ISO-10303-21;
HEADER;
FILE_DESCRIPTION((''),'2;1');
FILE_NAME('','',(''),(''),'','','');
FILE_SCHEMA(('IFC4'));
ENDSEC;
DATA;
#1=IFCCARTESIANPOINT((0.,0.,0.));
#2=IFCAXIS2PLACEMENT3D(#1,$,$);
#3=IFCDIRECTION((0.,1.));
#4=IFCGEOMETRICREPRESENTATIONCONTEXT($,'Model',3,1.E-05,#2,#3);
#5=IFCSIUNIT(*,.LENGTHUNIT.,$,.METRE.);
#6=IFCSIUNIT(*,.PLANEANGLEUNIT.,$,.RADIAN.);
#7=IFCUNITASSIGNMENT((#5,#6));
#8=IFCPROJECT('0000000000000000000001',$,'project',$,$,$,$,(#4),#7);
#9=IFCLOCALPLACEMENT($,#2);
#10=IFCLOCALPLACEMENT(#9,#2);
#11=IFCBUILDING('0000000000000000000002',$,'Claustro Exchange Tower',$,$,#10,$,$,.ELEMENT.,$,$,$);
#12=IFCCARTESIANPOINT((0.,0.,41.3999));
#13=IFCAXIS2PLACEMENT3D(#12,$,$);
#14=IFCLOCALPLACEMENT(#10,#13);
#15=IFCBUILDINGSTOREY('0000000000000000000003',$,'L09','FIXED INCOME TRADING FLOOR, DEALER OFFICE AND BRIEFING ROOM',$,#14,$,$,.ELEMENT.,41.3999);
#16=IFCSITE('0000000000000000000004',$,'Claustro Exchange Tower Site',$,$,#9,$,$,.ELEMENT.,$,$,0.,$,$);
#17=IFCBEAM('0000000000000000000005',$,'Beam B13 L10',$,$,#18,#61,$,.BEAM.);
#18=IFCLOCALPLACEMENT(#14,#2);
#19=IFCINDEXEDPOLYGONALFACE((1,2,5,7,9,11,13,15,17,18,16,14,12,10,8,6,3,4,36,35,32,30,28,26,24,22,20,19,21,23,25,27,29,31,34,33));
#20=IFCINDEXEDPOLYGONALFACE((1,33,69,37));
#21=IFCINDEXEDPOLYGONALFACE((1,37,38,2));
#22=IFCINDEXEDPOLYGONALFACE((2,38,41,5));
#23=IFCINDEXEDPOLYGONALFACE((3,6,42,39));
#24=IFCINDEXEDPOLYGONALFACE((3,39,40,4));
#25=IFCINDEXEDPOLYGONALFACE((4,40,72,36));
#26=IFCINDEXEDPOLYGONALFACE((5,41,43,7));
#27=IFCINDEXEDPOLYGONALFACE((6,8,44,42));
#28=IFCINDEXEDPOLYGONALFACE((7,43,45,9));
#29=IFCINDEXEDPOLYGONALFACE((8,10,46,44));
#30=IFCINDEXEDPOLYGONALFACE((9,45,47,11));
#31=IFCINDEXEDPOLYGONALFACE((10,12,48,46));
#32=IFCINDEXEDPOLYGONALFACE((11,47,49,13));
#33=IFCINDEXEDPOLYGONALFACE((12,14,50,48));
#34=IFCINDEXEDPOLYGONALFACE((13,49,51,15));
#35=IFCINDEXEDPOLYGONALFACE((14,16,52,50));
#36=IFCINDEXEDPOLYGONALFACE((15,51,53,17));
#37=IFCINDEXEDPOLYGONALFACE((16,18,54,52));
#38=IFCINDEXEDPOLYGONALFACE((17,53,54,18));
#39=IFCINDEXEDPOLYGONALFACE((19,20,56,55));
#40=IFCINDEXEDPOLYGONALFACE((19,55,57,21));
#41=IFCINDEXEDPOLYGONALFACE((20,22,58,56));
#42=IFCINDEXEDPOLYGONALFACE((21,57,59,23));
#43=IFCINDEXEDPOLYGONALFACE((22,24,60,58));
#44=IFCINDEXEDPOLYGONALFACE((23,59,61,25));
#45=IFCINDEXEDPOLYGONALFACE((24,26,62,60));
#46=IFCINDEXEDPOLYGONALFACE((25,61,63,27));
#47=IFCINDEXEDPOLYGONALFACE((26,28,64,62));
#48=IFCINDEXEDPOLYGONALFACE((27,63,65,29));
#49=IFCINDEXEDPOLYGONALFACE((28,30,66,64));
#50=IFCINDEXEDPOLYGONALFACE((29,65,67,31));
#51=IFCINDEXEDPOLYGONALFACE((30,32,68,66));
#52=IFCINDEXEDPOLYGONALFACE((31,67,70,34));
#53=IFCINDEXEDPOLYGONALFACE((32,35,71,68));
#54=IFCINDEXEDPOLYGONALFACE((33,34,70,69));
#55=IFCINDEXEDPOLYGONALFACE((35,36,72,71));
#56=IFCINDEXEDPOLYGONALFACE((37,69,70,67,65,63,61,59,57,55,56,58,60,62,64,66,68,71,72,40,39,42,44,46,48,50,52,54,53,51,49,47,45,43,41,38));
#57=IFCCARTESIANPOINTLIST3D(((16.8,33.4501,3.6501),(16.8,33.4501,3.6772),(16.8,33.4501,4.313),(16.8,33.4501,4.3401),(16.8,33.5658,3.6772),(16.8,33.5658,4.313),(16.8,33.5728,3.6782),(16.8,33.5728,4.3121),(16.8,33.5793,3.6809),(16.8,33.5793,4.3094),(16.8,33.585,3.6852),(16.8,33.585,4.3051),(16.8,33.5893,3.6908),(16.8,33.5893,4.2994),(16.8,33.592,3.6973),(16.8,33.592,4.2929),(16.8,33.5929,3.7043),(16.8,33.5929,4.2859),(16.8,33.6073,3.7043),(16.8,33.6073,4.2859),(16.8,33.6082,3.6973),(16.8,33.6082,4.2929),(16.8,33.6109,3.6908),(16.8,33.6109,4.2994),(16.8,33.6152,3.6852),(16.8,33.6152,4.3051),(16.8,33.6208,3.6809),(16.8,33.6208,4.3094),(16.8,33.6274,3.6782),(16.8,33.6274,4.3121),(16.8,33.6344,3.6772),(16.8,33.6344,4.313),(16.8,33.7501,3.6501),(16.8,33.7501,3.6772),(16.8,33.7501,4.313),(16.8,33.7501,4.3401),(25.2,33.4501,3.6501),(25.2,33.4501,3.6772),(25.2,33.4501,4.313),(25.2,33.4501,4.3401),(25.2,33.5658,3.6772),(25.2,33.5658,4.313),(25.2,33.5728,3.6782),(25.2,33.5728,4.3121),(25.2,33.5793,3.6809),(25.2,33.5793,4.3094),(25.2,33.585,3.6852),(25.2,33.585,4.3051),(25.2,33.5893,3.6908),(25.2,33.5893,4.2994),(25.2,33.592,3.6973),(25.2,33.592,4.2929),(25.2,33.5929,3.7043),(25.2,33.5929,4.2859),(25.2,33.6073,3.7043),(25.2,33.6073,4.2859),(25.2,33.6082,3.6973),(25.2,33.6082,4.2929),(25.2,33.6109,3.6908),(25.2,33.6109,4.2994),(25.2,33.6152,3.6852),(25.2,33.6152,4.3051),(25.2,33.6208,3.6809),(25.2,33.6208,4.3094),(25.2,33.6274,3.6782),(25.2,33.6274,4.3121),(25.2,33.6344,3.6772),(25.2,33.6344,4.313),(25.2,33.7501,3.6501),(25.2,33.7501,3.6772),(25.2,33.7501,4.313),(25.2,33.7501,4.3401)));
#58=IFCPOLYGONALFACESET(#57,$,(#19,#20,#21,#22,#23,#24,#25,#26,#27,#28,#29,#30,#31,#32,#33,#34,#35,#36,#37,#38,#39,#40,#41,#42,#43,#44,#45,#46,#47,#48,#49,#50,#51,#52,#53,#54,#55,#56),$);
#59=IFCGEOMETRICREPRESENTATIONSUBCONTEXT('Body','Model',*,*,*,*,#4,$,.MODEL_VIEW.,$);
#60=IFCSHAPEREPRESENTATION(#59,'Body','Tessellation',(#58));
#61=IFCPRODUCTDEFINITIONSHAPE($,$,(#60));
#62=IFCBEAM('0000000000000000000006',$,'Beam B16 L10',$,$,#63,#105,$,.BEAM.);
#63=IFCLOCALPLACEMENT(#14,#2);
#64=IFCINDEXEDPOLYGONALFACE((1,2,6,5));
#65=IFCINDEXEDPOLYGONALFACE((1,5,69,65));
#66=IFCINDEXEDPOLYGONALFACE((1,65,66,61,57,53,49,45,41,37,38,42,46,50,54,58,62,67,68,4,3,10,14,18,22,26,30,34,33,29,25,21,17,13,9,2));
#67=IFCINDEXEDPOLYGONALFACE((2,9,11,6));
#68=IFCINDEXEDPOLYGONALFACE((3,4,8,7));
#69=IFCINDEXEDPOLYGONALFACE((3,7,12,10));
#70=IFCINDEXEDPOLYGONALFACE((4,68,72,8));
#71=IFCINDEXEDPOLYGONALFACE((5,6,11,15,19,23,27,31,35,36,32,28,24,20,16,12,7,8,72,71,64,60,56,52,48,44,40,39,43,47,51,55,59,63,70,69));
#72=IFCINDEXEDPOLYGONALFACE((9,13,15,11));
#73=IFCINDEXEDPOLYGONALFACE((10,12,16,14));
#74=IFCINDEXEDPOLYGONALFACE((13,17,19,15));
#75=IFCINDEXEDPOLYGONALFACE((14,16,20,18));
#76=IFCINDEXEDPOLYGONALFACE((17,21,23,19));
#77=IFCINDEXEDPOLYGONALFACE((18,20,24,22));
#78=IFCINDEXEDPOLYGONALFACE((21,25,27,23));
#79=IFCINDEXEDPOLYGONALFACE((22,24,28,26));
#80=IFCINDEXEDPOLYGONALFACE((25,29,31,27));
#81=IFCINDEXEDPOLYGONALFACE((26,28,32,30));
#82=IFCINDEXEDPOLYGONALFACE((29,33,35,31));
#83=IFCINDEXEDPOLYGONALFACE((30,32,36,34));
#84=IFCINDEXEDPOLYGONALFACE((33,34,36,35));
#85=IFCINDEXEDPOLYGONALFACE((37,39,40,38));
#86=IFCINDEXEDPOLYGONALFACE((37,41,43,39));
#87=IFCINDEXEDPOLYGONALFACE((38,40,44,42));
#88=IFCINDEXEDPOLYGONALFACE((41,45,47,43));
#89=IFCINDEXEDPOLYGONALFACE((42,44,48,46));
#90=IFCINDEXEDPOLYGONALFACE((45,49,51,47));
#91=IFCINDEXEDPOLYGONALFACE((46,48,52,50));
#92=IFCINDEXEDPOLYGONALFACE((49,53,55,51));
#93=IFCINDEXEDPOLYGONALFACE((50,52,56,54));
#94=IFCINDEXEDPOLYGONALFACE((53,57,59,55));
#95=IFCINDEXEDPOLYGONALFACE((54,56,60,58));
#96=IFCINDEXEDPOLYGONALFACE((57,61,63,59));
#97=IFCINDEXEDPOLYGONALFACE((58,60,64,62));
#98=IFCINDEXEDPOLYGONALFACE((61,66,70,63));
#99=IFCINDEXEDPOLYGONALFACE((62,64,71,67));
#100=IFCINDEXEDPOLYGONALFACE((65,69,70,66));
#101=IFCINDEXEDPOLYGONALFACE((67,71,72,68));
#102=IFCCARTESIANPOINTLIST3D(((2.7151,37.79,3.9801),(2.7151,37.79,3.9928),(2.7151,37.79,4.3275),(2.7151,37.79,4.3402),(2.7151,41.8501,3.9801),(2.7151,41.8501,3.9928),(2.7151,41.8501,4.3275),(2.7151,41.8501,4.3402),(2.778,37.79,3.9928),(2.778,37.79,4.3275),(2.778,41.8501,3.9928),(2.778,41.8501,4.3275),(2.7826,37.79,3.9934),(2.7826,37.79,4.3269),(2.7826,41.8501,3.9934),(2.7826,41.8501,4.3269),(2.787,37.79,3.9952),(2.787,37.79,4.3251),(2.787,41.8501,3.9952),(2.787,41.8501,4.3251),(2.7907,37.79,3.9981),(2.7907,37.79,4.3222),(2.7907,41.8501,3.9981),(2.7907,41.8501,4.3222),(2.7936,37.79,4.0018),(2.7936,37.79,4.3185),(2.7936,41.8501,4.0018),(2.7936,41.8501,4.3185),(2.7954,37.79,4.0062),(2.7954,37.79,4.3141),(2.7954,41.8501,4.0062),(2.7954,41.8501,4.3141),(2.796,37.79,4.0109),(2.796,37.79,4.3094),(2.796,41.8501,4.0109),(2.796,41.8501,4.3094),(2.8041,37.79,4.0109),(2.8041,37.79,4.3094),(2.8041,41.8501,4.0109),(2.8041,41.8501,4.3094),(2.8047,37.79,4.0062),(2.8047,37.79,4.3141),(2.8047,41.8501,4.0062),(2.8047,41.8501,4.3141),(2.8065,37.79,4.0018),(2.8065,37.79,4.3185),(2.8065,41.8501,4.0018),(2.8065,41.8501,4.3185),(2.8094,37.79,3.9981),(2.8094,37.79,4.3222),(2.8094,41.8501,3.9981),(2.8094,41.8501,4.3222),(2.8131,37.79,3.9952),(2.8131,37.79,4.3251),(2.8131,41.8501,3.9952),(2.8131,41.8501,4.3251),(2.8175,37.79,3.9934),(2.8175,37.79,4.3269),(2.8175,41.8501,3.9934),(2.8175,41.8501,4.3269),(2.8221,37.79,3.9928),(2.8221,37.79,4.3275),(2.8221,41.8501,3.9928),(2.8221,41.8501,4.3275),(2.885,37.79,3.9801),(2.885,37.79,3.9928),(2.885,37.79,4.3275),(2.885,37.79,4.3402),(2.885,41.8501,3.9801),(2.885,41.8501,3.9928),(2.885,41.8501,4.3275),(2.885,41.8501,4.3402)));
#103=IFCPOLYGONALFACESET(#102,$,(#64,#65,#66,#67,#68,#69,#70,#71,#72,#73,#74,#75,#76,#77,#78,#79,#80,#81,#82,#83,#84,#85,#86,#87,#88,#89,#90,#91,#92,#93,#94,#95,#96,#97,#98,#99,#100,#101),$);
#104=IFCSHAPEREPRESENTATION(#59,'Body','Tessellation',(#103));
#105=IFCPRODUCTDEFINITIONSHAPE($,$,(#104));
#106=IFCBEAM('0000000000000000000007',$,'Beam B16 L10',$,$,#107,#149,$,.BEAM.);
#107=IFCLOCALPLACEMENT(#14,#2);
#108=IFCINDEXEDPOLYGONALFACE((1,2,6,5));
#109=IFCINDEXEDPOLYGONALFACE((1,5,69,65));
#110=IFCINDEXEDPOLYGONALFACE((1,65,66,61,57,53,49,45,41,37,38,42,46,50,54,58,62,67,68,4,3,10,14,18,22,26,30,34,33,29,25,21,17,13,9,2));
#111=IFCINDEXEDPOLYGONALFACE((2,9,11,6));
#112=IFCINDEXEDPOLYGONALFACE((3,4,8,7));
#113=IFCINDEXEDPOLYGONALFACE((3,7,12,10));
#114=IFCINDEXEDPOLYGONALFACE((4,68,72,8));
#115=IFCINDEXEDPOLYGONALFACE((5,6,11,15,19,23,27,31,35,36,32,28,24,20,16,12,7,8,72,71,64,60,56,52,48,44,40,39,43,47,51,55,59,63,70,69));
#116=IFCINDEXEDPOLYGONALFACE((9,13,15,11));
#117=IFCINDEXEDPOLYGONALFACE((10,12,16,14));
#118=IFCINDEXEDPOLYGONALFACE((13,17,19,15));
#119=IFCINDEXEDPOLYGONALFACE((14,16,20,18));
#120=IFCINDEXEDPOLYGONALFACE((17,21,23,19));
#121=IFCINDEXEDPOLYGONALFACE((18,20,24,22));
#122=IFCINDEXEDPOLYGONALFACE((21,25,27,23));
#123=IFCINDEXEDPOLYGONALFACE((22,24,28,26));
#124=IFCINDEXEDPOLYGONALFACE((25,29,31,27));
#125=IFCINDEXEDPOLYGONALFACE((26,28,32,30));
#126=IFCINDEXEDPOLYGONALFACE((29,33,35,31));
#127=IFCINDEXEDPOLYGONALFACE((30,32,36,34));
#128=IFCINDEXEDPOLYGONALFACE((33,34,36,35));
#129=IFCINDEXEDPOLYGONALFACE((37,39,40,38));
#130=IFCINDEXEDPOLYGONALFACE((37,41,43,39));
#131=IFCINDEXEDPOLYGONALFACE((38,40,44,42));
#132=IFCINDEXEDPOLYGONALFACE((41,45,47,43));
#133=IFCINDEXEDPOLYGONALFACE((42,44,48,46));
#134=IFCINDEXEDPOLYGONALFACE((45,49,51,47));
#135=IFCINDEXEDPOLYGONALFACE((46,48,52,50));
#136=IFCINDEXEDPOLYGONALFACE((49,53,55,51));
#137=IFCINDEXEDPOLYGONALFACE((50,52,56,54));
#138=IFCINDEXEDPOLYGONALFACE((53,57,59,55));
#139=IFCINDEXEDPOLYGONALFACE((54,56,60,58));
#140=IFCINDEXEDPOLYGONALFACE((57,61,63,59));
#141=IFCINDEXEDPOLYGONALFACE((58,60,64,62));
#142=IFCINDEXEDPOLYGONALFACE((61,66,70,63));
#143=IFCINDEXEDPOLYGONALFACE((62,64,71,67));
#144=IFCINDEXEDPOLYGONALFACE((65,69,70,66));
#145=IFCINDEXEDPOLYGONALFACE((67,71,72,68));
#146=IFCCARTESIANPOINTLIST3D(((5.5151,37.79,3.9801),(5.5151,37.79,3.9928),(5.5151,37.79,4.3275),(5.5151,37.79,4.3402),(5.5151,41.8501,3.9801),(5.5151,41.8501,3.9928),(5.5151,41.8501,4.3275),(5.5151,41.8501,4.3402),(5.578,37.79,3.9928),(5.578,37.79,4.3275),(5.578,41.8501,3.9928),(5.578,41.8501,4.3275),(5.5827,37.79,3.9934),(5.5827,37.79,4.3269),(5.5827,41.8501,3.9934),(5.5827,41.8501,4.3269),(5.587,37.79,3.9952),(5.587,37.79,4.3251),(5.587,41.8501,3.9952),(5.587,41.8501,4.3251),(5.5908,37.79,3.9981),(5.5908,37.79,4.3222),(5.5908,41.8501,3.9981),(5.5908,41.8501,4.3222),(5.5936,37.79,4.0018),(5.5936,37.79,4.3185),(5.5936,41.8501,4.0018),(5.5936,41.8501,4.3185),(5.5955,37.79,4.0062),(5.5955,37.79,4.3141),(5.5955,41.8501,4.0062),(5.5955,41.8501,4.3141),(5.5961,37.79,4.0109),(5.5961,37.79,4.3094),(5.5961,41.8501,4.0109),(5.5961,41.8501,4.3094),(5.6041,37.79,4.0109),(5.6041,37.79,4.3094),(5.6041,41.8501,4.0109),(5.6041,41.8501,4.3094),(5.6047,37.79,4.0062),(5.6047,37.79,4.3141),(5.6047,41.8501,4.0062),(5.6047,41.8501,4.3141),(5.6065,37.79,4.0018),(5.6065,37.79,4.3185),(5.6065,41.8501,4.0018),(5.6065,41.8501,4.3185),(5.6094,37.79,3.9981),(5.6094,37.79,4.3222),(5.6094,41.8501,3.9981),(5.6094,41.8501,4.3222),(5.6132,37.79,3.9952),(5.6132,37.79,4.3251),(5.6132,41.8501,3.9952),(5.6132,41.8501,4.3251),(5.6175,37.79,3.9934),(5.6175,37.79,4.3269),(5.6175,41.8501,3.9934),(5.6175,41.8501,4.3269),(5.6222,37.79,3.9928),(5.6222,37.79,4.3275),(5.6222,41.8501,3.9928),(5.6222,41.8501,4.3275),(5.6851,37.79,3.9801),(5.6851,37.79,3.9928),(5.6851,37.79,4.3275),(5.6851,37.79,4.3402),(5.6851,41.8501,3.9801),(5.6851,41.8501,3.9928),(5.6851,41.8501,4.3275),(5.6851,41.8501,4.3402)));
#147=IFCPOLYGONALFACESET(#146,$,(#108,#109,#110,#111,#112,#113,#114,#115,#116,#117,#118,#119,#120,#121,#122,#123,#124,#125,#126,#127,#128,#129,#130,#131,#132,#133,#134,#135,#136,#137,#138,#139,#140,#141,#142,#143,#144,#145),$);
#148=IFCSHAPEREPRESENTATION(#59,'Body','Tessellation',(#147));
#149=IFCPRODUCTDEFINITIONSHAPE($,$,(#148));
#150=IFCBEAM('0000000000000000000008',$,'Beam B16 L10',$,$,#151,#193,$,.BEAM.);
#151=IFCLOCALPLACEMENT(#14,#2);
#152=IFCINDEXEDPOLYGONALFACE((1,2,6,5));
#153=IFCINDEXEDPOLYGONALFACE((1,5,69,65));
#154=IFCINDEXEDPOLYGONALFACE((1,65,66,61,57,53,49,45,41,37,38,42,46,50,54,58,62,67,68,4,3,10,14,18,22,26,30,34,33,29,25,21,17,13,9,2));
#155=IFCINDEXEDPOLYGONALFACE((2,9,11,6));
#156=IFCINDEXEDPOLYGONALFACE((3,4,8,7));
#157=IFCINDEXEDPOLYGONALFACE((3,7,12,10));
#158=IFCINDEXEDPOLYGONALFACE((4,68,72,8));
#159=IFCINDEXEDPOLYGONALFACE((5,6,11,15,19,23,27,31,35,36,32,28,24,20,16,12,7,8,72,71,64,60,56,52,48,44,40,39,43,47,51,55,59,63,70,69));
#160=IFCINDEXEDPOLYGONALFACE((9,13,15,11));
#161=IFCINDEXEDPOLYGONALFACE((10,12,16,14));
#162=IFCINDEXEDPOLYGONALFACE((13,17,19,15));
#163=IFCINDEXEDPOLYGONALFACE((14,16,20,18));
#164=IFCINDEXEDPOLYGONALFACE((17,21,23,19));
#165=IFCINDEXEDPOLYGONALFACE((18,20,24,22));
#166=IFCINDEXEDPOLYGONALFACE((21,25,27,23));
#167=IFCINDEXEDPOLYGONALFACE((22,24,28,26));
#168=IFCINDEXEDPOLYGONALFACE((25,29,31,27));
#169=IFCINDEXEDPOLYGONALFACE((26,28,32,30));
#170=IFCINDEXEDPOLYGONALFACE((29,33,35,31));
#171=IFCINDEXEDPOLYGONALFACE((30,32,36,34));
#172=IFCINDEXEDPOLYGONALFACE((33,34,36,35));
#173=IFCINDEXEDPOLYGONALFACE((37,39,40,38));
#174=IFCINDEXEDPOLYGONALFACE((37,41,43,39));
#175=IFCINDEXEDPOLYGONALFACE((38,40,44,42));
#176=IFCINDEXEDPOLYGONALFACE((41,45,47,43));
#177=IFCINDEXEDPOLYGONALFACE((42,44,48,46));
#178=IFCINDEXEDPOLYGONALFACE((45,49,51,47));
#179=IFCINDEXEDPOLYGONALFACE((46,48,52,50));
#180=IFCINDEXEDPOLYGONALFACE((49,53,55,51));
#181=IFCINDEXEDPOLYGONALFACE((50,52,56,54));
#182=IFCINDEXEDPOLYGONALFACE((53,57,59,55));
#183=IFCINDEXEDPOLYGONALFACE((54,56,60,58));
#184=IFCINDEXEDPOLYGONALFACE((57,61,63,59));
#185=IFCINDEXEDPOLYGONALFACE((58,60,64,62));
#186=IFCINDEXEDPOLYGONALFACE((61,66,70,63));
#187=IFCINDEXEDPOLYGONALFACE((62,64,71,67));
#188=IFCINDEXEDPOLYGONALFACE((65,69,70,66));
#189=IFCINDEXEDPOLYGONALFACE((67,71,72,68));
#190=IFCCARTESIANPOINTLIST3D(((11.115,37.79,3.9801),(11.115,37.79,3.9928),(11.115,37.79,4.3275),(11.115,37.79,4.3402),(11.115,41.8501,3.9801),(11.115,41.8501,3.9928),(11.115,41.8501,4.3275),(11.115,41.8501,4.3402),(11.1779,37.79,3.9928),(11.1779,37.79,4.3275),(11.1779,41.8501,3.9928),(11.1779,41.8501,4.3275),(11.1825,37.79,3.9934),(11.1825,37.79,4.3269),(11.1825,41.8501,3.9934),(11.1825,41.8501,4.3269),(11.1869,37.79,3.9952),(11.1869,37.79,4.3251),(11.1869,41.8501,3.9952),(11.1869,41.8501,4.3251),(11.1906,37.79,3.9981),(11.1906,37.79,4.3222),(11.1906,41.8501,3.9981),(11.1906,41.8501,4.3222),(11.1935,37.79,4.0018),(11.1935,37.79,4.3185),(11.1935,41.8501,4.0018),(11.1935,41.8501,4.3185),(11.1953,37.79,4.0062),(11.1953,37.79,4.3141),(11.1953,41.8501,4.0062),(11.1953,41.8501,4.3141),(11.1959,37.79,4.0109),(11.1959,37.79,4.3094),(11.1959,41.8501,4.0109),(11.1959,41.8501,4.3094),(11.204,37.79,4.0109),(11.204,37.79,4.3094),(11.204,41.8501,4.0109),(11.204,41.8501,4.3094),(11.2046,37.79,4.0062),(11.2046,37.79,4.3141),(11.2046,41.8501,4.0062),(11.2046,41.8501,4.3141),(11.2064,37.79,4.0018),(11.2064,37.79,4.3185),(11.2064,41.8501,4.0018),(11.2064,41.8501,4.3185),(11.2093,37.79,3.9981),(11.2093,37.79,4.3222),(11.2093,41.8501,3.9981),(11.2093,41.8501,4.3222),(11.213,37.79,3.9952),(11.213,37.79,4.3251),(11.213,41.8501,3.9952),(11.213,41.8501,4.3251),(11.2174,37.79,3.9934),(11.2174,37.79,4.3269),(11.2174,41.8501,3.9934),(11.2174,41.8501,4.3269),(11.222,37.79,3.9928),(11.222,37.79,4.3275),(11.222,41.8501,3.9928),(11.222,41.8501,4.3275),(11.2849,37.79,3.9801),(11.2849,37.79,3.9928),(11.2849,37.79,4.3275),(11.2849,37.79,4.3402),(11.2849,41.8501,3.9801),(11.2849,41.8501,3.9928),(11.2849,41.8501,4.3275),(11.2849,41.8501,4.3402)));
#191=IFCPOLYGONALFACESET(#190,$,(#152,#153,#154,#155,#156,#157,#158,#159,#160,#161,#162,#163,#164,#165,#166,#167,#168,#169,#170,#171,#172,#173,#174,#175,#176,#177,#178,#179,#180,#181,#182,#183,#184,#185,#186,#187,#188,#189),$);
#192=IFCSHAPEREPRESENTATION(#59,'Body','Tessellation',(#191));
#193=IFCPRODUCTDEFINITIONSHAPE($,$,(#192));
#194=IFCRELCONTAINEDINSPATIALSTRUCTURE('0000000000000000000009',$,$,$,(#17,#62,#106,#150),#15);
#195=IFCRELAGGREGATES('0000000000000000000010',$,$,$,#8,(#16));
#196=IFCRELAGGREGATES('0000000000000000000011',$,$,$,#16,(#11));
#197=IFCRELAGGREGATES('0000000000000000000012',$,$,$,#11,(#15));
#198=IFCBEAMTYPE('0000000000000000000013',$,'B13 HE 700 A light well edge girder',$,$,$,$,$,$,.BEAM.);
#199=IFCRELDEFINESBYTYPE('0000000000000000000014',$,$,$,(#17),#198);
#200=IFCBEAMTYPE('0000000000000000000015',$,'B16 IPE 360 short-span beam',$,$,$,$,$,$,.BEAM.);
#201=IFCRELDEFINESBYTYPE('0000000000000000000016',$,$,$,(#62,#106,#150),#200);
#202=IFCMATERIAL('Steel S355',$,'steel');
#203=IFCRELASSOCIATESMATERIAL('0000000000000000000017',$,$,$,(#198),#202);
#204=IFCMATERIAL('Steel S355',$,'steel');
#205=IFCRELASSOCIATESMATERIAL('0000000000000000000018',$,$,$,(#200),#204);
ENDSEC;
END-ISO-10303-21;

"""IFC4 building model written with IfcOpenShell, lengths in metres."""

from ifc_helpers import new_model, si_unit, direction, frame, origin, origin_2d, place, context, subcontext, project, spatial, i_section, extrude, material, material_profile, profile_set, type_object, element, save


model = new_model("IFC4")

# Units and contexts
model_context = context("Model", 3, precision=1e-05, world=origin(), true_north=direction((0.0, 1.0)))
body_context = subcontext(model_context, "Body", "Model", "MODEL_VIEW")
ifc_project = project(units=[si_unit("LENGTHUNIT", "METRE"), si_unit("PLANEANGLEUNIT", "RADIAN")], contexts=[model_context])

# Site, building, storey
site_placement = place(None, origin())
site = spatial("IfcSite", under=ifc_project, at=site_placement, Name="Claustro Exchange Tower Site", CompositionType="ELEMENT", RefElevation=0.0)
building_placement = place(site_placement, origin())
building = spatial("IfcBuilding", under=site, at=building_placement, Name="Claustro Exchange Tower", CompositionType="ELEMENT")
storey_placement = place(building_placement, frame((0.0, 0.0, 41.3999)))
storey = spatial("IfcBuildingStorey", under=building, at=storey_placement, Name="L09", Description="FIXED INCOME TRADING FLOOR, DEALER OFFICE AND BRIEFING ROOM", CompositionType="ELEMENT", Elevation=41.3999)

# Beams
ifc_material_1 = material(Name="Steel S355", Category="steel")
ifc_material_profile_1 = material_profile(ifc_material_1, i_section(OverallWidth=0.3, OverallDepth=0.6899, WebThickness=0.0144, FlangeThickness=0.0271, FilletRadius=0.0271, at=origin_2d()), Name="HE 700 A")
ifc_profile_set_1 = profile_set([ifc_material_profile_1], Name="Steel S355")
beam_type_1 = type_object("IfcBeamType", Name="B13 HE 700 A light well edge girder", PredefinedType="BEAM", material=ifc_profile_set_1)
beam_1_placement = place(storey_placement, frame((16.8, 33.6001, 3.9951), z_axis=(1.0, 0.0, 0.0), x_axis=(0.0, 1.0, 0.0)))
element("IfcBeam", 1, at=beam_1_placement, inside=storey, type_object=beam_type_1, Name="Beam B13 L10", PredefinedType="BEAM", context=body_context, shape_type="SweptSolid", body=[
    extrude(i_section(OverallWidth=0.3, OverallDepth=0.6899, WebThickness=0.0144, FlangeThickness=0.0271, FilletRadius=0.0271, at=origin_2d()), origin(), (0.0, 0.0, 1.0), 8.3999),
])
ifc_material_2 = material(Name="Steel S355", Category="steel")
ifc_material_profile_2 = material_profile(ifc_material_2, i_section(OverallWidth=0.1699, OverallDepth=0.3601, WebThickness=0.0081, FlangeThickness=0.0127, FilletRadius=0.0181, at=origin_2d()), Name="IPE 360")
ifc_profile_set_2 = profile_set([ifc_material_profile_2], Name="Steel S355")
beam_type_2 = type_object("IfcBeamType", Name="B16 IPE 360 short-span beam", PredefinedType="BEAM", material=ifc_profile_set_2)
for number, where, z_axis, x_axis, name in (
    (2, (2.8, 37.79, 4.1602), (0.0, 1.0, 0.0), (-1.0, 0.0, 0.0), "Beam B16 L10"),
    (3, (5.6001, 37.79, 4.1602), (0.0, 1.0, 0.0), (-1.0, 0.0, 0.0), "Beam B16 L10"),
    (4, (11.2, 37.79, 4.1602), (0.0, 1.0, 0.0), (-1.0, 0.0, 0.0), "Beam B16 L10"),
):
    element("IfcBeam", number, at=place(storey_placement, frame(where, z_axis=z_axis, x_axis=x_axis)), inside=storey, type_object=beam_type_2, Name=name, PredefinedType="BEAM", context=body_context, shape_type="SweptSolid", body=[
        extrude(i_section(OverallWidth=0.1699, OverallDepth=0.3601, WebThickness=0.0081, FlangeThickness=0.0127, FilletRadius=0.0181, at=origin_2d()), origin(), (0.0, 0.0, 1.0), 4.0601),
    ])

save(model, "model.ifc")
